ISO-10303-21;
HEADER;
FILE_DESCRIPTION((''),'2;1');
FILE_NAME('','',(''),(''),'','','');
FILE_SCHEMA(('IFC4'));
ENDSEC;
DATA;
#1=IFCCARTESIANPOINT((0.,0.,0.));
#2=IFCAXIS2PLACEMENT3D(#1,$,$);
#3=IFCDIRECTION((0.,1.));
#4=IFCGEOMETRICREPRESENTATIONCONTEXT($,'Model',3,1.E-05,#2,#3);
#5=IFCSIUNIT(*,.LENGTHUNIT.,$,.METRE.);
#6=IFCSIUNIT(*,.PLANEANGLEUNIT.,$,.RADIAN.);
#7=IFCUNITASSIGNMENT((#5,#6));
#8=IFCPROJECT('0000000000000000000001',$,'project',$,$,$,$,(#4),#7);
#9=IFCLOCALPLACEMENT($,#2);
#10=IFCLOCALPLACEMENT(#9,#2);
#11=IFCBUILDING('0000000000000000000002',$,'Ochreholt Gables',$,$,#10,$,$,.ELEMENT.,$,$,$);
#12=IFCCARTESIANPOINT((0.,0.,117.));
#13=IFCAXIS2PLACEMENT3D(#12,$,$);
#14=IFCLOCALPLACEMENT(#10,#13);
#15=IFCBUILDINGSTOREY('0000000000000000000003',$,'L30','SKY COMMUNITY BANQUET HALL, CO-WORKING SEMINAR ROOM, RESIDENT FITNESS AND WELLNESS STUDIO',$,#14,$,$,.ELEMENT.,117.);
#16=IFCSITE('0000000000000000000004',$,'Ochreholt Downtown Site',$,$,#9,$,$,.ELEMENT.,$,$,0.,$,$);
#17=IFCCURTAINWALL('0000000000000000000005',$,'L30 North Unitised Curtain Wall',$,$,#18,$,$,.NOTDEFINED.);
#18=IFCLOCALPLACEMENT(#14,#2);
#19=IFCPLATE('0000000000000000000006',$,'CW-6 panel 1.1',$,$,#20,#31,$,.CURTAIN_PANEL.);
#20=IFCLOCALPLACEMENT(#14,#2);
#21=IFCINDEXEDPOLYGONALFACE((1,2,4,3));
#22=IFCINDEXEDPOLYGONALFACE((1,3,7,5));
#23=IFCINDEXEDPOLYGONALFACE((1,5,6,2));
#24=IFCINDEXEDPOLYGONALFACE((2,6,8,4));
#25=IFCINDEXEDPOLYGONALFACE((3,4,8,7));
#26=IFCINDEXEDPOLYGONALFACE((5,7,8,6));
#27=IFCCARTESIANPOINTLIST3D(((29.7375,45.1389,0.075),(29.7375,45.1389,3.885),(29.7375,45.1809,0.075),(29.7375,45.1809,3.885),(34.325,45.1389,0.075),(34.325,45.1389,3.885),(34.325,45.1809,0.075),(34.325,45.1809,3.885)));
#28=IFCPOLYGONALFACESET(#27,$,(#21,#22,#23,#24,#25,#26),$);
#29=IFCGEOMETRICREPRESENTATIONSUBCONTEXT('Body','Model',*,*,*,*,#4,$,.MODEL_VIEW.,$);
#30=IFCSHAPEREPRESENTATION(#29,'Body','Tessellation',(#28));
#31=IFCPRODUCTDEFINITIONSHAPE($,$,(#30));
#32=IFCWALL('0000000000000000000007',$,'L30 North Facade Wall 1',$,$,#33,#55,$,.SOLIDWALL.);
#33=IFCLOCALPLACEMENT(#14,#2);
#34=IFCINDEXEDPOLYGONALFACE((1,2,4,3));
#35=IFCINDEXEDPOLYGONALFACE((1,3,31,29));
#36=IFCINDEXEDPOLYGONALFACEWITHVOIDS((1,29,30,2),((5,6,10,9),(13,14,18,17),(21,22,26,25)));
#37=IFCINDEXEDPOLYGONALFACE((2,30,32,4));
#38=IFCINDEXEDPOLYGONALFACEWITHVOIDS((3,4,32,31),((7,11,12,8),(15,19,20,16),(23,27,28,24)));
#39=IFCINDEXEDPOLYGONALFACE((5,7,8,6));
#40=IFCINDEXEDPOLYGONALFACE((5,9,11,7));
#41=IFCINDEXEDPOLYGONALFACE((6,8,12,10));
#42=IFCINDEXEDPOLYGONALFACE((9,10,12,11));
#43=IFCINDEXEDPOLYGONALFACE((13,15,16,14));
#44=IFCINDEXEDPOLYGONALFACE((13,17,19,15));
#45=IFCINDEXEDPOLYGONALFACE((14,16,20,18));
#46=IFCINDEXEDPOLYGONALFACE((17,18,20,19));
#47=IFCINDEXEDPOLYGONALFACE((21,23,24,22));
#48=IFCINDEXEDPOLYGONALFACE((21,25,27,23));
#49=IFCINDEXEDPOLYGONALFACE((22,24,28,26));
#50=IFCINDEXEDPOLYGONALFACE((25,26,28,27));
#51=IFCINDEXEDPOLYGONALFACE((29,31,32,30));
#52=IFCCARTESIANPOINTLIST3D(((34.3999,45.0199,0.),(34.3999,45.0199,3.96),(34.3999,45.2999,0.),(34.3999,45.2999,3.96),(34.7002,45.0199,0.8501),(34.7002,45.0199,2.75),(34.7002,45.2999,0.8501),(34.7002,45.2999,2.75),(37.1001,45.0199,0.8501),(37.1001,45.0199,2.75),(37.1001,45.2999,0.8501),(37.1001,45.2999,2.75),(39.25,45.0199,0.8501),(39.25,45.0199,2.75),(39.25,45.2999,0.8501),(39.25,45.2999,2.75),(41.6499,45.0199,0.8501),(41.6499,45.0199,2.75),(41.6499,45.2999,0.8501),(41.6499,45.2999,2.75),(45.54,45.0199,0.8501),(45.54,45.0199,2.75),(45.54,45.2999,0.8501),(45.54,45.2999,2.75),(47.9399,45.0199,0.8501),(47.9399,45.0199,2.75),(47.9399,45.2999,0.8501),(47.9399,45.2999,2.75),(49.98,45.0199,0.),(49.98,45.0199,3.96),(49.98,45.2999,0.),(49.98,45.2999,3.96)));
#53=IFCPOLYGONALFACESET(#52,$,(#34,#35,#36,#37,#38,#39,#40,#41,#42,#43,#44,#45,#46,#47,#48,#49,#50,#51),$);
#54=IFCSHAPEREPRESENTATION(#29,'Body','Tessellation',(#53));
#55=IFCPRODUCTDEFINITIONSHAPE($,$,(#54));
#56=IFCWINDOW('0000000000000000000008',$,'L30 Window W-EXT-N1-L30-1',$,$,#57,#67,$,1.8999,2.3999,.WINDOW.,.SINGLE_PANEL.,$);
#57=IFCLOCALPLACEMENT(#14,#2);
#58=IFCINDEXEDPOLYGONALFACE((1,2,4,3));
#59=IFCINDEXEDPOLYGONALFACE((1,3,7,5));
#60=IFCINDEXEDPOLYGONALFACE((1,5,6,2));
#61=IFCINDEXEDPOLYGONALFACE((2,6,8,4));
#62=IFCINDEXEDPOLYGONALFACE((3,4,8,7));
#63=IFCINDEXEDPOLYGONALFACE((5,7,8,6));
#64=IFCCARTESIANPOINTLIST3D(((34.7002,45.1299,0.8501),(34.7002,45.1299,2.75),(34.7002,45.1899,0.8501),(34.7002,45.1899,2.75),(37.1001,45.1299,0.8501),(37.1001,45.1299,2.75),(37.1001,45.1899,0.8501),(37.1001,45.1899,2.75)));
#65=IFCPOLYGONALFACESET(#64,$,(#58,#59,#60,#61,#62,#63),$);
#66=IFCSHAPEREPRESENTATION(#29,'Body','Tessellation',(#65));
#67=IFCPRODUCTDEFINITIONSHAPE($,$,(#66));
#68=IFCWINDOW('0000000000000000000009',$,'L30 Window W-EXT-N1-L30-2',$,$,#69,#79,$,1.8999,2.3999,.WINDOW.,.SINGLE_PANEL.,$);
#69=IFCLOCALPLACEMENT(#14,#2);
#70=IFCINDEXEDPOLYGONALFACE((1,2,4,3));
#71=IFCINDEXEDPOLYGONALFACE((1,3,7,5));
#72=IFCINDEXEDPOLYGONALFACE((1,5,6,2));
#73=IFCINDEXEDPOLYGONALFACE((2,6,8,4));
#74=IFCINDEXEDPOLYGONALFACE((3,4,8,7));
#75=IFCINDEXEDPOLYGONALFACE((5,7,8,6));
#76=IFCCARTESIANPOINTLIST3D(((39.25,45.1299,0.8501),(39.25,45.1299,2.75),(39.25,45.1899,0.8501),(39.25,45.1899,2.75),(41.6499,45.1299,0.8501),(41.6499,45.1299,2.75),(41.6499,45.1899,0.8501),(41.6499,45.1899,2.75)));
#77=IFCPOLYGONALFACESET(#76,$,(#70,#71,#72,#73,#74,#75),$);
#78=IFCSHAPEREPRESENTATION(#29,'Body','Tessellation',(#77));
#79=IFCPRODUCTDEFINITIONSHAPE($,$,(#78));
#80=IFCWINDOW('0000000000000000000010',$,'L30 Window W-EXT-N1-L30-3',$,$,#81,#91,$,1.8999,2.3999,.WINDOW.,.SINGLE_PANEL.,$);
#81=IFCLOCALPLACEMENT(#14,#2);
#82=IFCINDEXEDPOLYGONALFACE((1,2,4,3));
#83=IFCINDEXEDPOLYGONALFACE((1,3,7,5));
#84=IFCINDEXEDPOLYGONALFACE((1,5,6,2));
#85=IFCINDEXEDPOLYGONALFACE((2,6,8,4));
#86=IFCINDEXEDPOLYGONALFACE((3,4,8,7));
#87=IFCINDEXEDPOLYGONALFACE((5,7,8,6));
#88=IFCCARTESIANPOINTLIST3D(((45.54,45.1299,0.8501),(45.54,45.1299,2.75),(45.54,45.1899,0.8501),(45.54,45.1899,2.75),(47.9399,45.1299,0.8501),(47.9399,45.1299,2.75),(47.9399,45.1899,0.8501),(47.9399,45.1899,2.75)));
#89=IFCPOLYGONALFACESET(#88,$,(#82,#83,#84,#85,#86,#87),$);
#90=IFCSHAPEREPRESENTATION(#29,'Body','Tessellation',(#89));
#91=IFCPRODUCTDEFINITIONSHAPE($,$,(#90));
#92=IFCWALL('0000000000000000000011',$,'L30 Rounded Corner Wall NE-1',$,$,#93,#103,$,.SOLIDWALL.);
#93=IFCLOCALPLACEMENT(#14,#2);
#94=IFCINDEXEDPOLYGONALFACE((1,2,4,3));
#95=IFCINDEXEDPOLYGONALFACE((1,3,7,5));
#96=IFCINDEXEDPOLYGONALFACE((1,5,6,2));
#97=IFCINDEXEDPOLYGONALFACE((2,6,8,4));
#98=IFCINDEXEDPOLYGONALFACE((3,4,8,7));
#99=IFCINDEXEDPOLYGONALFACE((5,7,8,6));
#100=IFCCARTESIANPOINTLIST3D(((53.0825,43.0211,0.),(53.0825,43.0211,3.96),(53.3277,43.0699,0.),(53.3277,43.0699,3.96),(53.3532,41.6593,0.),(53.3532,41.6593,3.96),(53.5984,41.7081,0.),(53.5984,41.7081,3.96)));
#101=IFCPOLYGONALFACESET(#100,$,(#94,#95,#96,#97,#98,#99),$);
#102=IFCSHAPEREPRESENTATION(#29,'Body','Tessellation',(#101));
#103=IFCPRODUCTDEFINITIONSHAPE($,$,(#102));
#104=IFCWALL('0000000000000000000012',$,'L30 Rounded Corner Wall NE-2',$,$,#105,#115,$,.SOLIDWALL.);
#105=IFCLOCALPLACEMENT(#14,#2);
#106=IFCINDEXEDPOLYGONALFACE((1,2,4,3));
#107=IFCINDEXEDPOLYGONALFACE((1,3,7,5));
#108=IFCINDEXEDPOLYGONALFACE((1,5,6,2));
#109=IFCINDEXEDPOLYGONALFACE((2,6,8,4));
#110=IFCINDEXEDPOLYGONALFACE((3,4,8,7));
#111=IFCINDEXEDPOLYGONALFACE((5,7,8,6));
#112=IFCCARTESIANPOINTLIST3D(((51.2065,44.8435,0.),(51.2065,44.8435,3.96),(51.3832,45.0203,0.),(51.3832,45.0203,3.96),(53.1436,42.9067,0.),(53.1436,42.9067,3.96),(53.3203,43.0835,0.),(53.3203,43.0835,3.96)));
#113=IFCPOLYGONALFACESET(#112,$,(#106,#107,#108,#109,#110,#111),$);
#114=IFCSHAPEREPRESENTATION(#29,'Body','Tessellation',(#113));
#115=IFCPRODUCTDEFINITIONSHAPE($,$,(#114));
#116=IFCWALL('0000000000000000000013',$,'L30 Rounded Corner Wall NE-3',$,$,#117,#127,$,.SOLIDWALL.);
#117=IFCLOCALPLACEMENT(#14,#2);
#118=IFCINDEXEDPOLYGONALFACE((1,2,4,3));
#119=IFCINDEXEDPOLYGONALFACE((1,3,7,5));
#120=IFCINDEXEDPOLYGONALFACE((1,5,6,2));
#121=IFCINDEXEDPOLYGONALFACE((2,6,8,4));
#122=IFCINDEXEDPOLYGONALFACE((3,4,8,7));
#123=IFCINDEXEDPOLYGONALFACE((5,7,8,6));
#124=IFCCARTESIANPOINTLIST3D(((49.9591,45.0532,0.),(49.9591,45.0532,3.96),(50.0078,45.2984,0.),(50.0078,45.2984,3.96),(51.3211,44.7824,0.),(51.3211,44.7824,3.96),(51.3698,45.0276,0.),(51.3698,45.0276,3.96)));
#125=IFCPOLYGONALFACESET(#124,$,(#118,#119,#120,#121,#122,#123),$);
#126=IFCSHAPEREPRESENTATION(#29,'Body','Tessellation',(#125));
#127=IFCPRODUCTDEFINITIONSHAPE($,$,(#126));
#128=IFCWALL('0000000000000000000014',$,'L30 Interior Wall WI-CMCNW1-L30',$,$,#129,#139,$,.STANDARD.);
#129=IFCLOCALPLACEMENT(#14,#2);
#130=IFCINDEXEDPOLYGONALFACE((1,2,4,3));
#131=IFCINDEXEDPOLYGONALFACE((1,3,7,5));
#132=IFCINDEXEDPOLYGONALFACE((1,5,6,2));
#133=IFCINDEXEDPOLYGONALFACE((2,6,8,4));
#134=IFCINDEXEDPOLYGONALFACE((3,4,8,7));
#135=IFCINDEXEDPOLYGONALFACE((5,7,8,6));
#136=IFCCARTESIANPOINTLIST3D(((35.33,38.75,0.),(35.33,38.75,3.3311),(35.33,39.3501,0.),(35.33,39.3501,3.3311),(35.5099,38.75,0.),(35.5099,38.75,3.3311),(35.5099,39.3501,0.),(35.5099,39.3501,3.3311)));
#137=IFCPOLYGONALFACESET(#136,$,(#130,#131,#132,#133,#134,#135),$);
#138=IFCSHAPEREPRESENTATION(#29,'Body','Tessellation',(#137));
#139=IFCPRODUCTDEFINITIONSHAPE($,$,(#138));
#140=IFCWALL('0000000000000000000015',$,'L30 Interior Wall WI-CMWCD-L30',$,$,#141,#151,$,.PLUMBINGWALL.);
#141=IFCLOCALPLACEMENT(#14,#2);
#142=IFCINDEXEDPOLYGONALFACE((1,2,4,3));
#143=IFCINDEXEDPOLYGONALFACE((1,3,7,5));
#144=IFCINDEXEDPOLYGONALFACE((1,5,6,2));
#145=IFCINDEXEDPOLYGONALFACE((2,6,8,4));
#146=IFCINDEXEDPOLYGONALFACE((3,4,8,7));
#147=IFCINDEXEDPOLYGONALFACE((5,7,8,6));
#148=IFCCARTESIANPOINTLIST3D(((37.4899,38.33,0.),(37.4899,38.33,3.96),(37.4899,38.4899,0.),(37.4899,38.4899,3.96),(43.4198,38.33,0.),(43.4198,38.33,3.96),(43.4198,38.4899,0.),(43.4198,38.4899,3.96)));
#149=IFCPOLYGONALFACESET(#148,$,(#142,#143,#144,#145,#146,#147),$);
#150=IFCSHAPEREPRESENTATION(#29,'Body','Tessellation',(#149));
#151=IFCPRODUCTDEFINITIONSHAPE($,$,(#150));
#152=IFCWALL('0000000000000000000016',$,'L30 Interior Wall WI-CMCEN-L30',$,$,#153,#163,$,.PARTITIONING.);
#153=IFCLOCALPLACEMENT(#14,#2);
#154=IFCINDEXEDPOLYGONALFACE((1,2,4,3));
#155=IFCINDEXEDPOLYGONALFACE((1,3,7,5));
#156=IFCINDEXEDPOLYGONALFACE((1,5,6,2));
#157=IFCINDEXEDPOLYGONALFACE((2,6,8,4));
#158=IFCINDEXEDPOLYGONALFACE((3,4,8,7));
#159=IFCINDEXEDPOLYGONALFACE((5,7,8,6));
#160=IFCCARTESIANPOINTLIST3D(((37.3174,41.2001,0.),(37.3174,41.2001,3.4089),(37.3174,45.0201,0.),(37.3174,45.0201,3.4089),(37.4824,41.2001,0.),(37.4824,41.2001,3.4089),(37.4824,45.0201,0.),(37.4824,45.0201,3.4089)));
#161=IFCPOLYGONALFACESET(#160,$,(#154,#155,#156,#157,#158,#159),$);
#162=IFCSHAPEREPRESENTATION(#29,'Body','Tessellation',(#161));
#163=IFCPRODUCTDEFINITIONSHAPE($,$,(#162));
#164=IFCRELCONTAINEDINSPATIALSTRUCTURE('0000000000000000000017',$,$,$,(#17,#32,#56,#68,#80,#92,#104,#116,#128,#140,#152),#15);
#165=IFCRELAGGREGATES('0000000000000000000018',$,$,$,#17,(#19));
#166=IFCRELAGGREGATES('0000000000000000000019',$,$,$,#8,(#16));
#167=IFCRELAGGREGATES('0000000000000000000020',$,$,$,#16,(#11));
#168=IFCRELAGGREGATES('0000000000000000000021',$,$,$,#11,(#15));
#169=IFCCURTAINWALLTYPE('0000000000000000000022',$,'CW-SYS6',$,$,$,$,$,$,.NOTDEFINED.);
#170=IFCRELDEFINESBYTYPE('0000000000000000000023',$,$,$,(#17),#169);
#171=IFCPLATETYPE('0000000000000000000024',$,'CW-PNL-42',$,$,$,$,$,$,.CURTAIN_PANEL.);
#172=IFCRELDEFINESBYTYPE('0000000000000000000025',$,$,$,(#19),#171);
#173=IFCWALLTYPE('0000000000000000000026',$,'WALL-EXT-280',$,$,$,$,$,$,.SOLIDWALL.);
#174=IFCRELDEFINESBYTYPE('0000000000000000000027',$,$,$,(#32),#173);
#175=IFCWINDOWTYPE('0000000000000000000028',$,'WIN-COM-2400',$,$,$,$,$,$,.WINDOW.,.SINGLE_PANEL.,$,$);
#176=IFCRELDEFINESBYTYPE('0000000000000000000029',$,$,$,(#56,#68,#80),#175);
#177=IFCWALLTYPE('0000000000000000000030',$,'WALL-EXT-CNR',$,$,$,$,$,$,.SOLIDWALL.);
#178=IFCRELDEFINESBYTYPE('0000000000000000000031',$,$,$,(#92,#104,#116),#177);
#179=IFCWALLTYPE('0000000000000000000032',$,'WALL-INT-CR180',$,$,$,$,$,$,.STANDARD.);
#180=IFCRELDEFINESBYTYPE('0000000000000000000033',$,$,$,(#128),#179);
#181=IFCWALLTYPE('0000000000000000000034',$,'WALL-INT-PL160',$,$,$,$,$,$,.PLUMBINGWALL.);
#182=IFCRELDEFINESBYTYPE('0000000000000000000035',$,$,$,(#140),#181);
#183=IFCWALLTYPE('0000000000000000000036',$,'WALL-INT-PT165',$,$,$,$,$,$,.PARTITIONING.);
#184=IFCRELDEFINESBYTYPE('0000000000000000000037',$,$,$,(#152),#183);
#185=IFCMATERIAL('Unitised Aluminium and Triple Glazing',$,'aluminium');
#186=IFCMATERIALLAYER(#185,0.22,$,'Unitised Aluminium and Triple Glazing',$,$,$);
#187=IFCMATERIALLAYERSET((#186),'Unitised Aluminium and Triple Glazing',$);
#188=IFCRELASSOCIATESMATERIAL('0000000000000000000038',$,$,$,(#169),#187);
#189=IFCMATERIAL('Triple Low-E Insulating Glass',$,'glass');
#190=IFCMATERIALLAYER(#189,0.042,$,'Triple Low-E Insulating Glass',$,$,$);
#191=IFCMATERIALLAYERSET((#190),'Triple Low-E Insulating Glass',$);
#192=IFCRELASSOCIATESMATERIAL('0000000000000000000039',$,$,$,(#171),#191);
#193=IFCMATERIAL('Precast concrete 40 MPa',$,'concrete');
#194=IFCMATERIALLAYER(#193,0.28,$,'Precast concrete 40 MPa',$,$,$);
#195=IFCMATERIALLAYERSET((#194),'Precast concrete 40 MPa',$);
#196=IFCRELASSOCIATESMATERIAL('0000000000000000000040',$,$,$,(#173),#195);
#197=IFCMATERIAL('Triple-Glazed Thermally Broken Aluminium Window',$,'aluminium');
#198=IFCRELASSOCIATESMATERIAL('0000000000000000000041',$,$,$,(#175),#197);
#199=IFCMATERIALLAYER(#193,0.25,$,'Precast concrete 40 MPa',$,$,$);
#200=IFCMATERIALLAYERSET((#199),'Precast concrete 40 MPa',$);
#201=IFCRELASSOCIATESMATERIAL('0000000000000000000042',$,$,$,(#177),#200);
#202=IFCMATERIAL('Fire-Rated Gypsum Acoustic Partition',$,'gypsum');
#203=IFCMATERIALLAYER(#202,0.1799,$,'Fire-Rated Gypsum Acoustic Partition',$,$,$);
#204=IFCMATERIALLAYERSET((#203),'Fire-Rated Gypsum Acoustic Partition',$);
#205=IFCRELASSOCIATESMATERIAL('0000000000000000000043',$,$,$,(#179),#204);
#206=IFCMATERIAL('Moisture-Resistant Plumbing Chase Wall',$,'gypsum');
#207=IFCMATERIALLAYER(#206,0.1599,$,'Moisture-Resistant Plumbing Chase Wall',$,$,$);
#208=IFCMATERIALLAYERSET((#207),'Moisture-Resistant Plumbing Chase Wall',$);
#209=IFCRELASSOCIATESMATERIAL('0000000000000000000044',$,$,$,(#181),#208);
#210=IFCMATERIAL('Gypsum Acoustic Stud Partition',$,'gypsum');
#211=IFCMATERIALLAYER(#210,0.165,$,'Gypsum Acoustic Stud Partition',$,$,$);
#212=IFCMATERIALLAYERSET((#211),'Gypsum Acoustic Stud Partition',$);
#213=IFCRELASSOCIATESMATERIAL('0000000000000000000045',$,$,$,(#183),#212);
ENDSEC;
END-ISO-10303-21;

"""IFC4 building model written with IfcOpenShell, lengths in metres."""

from ifc_helpers import new_model, si_unit, direction, frame, frame_2d, origin, origin_2d, place, context, subcontext, project, spatial, rectangle, extrude, material, layer, layer_set, type_object, element, fill, aggregate, save


model = new_model("IFC4")

# Units and contexts
model_context = context("Model", 3, precision=1e-05, world=origin(), true_north=direction((0.0, 1.0)))
body_context = subcontext(model_context, "Body", "Model", "MODEL_VIEW")
ifc_project = project(units=[si_unit("LENGTHUNIT", "METRE"), si_unit("PLANEANGLEUNIT", "RADIAN")], contexts=[model_context])

# Site, building, storey
site_placement = place(None, origin())
site = spatial("IfcSite", under=ifc_project, at=site_placement, Name="Ochreholt Downtown Site", CompositionType="ELEMENT", RefElevation=0.0)
building_placement = place(site_placement, origin())
building = spatial("IfcBuilding", under=site, at=building_placement, Name="Ochreholt Gables", CompositionType="ELEMENT")
storey_placement = place(building_placement, frame((0.0, 0.0, 117.0)))
storey = spatial("IfcBuildingStorey", under=building, at=storey_placement, Name="L30", Description="SKY COMMUNITY BANQUET HALL, CO-WORKING SEMINAR ROOM, RESIDENT FITNESS AND WELLNESS STUDIO", CompositionType="ELEMENT", Elevation=117.0)

# Curtain wall, plate
ifc_material_1 = material(Name="Unitised Aluminium and Triple Glazing", Category="aluminium")
ifc_layer_1 = layer(ifc_material_1, 0.22, Name="Unitised Aluminium and Triple Glazing")
ifc_layer_set_1 = layer_set([ifc_layer_1], Name="Unitised Aluminium and Triple Glazing")
curtain_wall_type = type_object("IfcCurtainWallType", Name="CW-SYS6", PredefinedType="NOTDEFINED", material=ifc_layer_set_1)
curtain_wall_placement = place(storey_placement, origin())
curtain_wall = element("IfcCurtainWall", 1, at=curtain_wall_placement, inside=storey, type_object=curtain_wall_type, Name="L30 North Unitised Curtain Wall", PredefinedType="NOTDEFINED")
ifc_material_2 = material(Name="Triple Low-E Insulating Glass", Category="glass")
ifc_layer_2 = layer(ifc_material_2, 0.042, Name="Triple Low-E Insulating Glass")
ifc_layer_set_2 = layer_set([ifc_layer_2], Name="Triple Low-E Insulating Glass")
plate_type = type_object("IfcPlateType", Name="CW-PNL-42", PredefinedType="CURTAIN_PANEL", material=ifc_layer_set_2)
plate_placement = place(storey_placement, frame((32.0312, 45.1599, 0.075), z_axis=(0.0, 0.0, 1.0), x_axis=(-1.0, 0.0, 0.0)))
plate = element("IfcPlate", 2, at=plate_placement, type_object=plate_type, Name="CW-6 panel 1.1", PredefinedType="CURTAIN_PANEL", context=body_context, shape_type="SweptSolid", body=[
    extrude(rectangle(XDim=4.5874, YDim=0.042, at=origin_2d()), origin(), (0.0, 0.0, 1.0), 3.8101),
])
aggregate(curtain_wall, [plate])

# Wall, openings, windows
ifc_material_3 = material(Name="Precast concrete 40 MPa", Category="concrete")
ifc_layer_3 = layer(ifc_material_3, 0.28, Name="Precast concrete 40 MPa")
ifc_layer_set_3 = layer_set([ifc_layer_3], Name="Precast concrete 40 MPa")
wall_type_1 = type_object("IfcWallType", Name="WALL-EXT-280", PredefinedType="SOLIDWALL", material=ifc_layer_set_3)
wall_1_placement = place(storey_placement, frame((49.98, 45.1599, 0.0), z_axis=(0.0, 0.0, 1.0), x_axis=(-1.0, 0.0, 0.0)))
wall_1 = element("IfcWall", 3, at=wall_1_placement, inside=storey, type_object=wall_type_1, Name="L30 North Facade Wall 1", PredefinedType="SOLIDWALL", context=body_context, shape_type="SweptSolid", body=[
    extrude(rectangle(XDim=15.5801, YDim=0.28, at=frame_2d((7.79, 0.0))), origin(), (0.0, 0.0, 1.0), 3.96),
])
opening_1_placement = place(wall_1_placement, frame((12.8799, 0.0, 0.8501)))
opening_1 = element("IfcOpeningElement", 4, at=opening_1_placement, cuts=wall_1, PredefinedType="OPENING", context=body_context, shape_type="SweptSolid", body=[
    extrude(rectangle(XDim=2.3999, YDim=1.8999, at=frame_2d((1.2, 0.95))), frame((0.0, 0.1499, 0.0), z_axis=(0.0, -1.0, 0.0), x_axis=(1.0, 0.0, 0.0)), (0.0, 0.0, 1.0), 0.3),
])
opening_2_placement = place(wall_1_placement, frame((8.3301, 0.0, 0.8501)))
opening_2 = element("IfcOpeningElement", 5, at=opening_2_placement, cuts=wall_1, PredefinedType="OPENING", context=body_context, shape_type="SweptSolid", body=[
    extrude(rectangle(XDim=2.3999, YDim=1.8999, at=frame_2d((1.2, 0.95))), frame((0.0, 0.1499, 0.0), z_axis=(0.0, -1.0, 0.0), x_axis=(1.0, 0.0, 0.0)), (0.0, 0.0, 1.0), 0.3),
])
opening_3_placement = place(wall_1_placement, frame((2.04, 0.0, 0.8501)))
opening_3 = element("IfcOpeningElement", 6, at=opening_3_placement, cuts=wall_1, PredefinedType="OPENING", context=body_context, shape_type="SweptSolid", body=[
    extrude(rectangle(XDim=2.3999, YDim=1.8999, at=frame_2d((1.2, 0.95))), frame((0.0, 0.1499, 0.0), z_axis=(0.0, -1.0, 0.0), x_axis=(1.0, 0.0, 0.0)), (0.0, 0.0, 1.0), 0.3),
])
ifc_material_4 = material(Name="Triple-Glazed Thermally Broken Aluminium Window", Category="aluminium")
window_type = type_object("IfcWindowType", Name="WIN-COM-2400", PartitioningType="SINGLE_PANEL", PredefinedType="WINDOW", material=ifc_material_4)
window_1_placement = place(opening_1_placement, origin())
window_1 = element("IfcWindow", 7, at=window_1_placement, inside=storey, type_object=window_type, Name="L30 Window W-EXT-N1-L30-1", OverallHeight=1.8999, OverallWidth=2.3999, PartitioningType="SINGLE_PANEL", PredefinedType="WINDOW", context=body_context, shape_type="SweptSolid", body=[
    extrude(rectangle(XDim=2.3999, YDim=1.8999, at=frame_2d((1.2, 0.95))), frame((0.0, 0.03, 0.0), z_axis=(0.0, -1.0, 0.0), x_axis=(1.0, 0.0, 0.0)), (0.0, 0.0, 1.0), 0.0601),
])
fill(opening_1, window_1)
window_2_placement = place(opening_2_placement, origin())
window_2 = element("IfcWindow", 8, at=window_2_placement, inside=storey, type_object=window_type, Name="L30 Window W-EXT-N1-L30-2", OverallHeight=1.8999, OverallWidth=2.3999, PartitioningType="SINGLE_PANEL", PredefinedType="WINDOW", context=body_context, shape_type="SweptSolid", body=[
    extrude(rectangle(XDim=2.3999, YDim=1.8999, at=frame_2d((1.2, 0.95))), frame((0.0, 0.03, 0.0), z_axis=(0.0, -1.0, 0.0), x_axis=(1.0, 0.0, 0.0)), (0.0, 0.0, 1.0), 0.0601),
])
fill(opening_2, window_2)
window_3_placement = place(opening_3_placement, origin())
window_3 = element("IfcWindow", 9, at=window_3_placement, inside=storey, type_object=window_type, Name="L30 Window W-EXT-N1-L30-3", OverallHeight=1.8999, OverallWidth=2.3999, PartitioningType="SINGLE_PANEL", PredefinedType="WINDOW", context=body_context, shape_type="SweptSolid", body=[
    extrude(rectangle(XDim=2.3999, YDim=1.8999, at=frame_2d((1.2, 0.95))), frame((0.0, 0.03, 0.0), z_axis=(0.0, -1.0, 0.0), x_axis=(1.0, 0.0, 0.0)), (0.0, 0.0, 1.0), 0.0601),
])
fill(opening_3, window_3)

# Walls
ifc_layer_4 = layer(ifc_material_3, 0.25, Name="Precast concrete 40 MPa")
ifc_layer_set_4 = layer_set([ifc_layer_4], Name="Precast concrete 40 MPa")
wall_type_2 = type_object("IfcWallType", Name="WALL-EXT-CNR", PredefinedType="SOLIDWALL", material=ifc_layer_set_4)
wall_2_placement = place(storey_placement, frame((53.4758, 41.6836, 0.0), z_axis=(0.0, 0.0, 1.0), x_axis=(-0.195, 0.980803, 0.0)))
element("IfcWall", 10, at=wall_2_placement, inside=storey, type_object=wall_type_2, Name="L30 Rounded Corner Wall NE-1", PredefinedType="SOLIDWALL", context=body_context, shape_type="SweptSolid", body=[
    extrude(rectangle(XDim=1.3884, YDim=0.25, at=frame_2d((0.6943, 0.0))), origin(), (0.0, 0.0, 1.0), 3.96),
])
wall_3_placement = place(storey_placement, frame((53.2319, 42.9951, 0.0), z_axis=(0.0, 0.0, 1.0), x_axis=(-0.707151, 0.707062, 0.0)))
element("IfcWall", 11, at=wall_3_placement, inside=storey, type_object=wall_type_2, Name="L30 Rounded Corner Wall NE-2", PredefinedType="SOLIDWALL", context=body_context, shape_type="SweptSolid", body=[
    extrude(rectangle(XDim=2.7393, YDim=0.25, at=frame_2d((1.3696, 0.0))), origin(), (0.0, 0.0, 1.0), 3.96),
])
wall_4_placement = place(storey_placement, frame((51.3455, 44.905, 0.0), z_axis=(0.0, 0.0, 1.0), x_axis=(-0.98081, 0.194967, 0.0)))
element("IfcWall", 12, at=wall_4_placement, inside=storey, type_object=wall_type_2, Name="L30 Rounded Corner Wall NE-3", PredefinedType="SOLIDWALL", context=body_context, shape_type="SweptSolid", body=[
    extrude(rectangle(XDim=1.3887, YDim=0.25, at=frame_2d((0.6943, 0.0))), origin(), (0.0, 0.0, 1.0), 3.96),
])
ifc_material_5 = material(Name="Fire-Rated Gypsum Acoustic Partition", Category="gypsum")
ifc_layer_5 = layer(ifc_material_5, 0.1799, Name="Fire-Rated Gypsum Acoustic Partition")
ifc_layer_set_5 = layer_set([ifc_layer_5], Name="Fire-Rated Gypsum Acoustic Partition")
wall_type_3 = type_object("IfcWallType", Name="WALL-INT-CR180", PredefinedType="STANDARD", material=ifc_layer_set_5)
wall_5_placement = place(storey_placement, frame((35.4199, 38.75, 0.0), z_axis=(0.0, 0.0, 1.0), x_axis=(0.0, 1.0, 0.0)))
element("IfcWall", 13, at=wall_5_placement, inside=storey, type_object=wall_type_3, Name="L30 Interior Wall WI-CMCNW1-L30", PredefinedType="STANDARD", context=body_context, shape_type="SweptSolid", body=[
    extrude(rectangle(XDim=0.6001, YDim=0.1799, at=frame_2d((0.3, 0.0))), origin(), (0.0, 0.0, 1.0), 3.3311),
])
ifc_material_6 = material(Name="Moisture-Resistant Plumbing Chase Wall", Category="gypsum")
ifc_layer_6 = layer(ifc_material_6, 0.1599, Name="Moisture-Resistant Plumbing Chase Wall")
ifc_layer_set_6 = layer_set([ifc_layer_6], Name="Moisture-Resistant Plumbing Chase Wall")
wall_type_4 = type_object("IfcWallType", Name="WALL-INT-PL160", PredefinedType="PLUMBINGWALL", material=ifc_layer_set_6)
wall_6_placement = place(storey_placement, frame((37.49, 38.4099, 0.0), z_axis=(0.0, 0.0, 1.0), x_axis=(1.0, 0.0, 0.0)))
element("IfcWall", 14, at=wall_6_placement, inside=storey, type_object=wall_type_4, Name="L30 Interior Wall WI-CMWCD-L30", PredefinedType="PLUMBINGWALL", context=body_context, shape_type="SweptSolid", body=[
    extrude(rectangle(XDim=5.9299, YDim=0.1599, at=frame_2d((2.9648, 0.0))), origin(), (0.0, 0.0, 1.0), 3.96),
])
ifc_material_7 = material(Name="Gypsum Acoustic Stud Partition", Category="gypsum")
ifc_layer_7 = layer(ifc_material_7, 0.165, Name="Gypsum Acoustic Stud Partition")
ifc_layer_set_7 = layer_set([ifc_layer_7], Name="Gypsum Acoustic Stud Partition")
wall_type_5 = type_object("IfcWallType", Name="WALL-INT-PT165", PredefinedType="PARTITIONING", material=ifc_layer_set_7)
wall_7_placement = place(storey_placement, frame((37.3999, 41.2, 0.0), z_axis=(0.0, 0.0, 1.0), x_axis=(0.0, 1.0, 0.0)))
element("IfcWall", 15, at=wall_7_placement, inside=storey, type_object=wall_type_5, Name="L30 Interior Wall WI-CMCEN-L30", PredefinedType="PARTITIONING", context=body_context, shape_type="SweptSolid", body=[
    extrude(rectangle(XDim=3.8201, YDim=0.165, at=frame_2d((1.9102, 0.0))), origin(), (0.0, 0.0, 1.0), 3.4089),
])

save(model, "model.ifc")
